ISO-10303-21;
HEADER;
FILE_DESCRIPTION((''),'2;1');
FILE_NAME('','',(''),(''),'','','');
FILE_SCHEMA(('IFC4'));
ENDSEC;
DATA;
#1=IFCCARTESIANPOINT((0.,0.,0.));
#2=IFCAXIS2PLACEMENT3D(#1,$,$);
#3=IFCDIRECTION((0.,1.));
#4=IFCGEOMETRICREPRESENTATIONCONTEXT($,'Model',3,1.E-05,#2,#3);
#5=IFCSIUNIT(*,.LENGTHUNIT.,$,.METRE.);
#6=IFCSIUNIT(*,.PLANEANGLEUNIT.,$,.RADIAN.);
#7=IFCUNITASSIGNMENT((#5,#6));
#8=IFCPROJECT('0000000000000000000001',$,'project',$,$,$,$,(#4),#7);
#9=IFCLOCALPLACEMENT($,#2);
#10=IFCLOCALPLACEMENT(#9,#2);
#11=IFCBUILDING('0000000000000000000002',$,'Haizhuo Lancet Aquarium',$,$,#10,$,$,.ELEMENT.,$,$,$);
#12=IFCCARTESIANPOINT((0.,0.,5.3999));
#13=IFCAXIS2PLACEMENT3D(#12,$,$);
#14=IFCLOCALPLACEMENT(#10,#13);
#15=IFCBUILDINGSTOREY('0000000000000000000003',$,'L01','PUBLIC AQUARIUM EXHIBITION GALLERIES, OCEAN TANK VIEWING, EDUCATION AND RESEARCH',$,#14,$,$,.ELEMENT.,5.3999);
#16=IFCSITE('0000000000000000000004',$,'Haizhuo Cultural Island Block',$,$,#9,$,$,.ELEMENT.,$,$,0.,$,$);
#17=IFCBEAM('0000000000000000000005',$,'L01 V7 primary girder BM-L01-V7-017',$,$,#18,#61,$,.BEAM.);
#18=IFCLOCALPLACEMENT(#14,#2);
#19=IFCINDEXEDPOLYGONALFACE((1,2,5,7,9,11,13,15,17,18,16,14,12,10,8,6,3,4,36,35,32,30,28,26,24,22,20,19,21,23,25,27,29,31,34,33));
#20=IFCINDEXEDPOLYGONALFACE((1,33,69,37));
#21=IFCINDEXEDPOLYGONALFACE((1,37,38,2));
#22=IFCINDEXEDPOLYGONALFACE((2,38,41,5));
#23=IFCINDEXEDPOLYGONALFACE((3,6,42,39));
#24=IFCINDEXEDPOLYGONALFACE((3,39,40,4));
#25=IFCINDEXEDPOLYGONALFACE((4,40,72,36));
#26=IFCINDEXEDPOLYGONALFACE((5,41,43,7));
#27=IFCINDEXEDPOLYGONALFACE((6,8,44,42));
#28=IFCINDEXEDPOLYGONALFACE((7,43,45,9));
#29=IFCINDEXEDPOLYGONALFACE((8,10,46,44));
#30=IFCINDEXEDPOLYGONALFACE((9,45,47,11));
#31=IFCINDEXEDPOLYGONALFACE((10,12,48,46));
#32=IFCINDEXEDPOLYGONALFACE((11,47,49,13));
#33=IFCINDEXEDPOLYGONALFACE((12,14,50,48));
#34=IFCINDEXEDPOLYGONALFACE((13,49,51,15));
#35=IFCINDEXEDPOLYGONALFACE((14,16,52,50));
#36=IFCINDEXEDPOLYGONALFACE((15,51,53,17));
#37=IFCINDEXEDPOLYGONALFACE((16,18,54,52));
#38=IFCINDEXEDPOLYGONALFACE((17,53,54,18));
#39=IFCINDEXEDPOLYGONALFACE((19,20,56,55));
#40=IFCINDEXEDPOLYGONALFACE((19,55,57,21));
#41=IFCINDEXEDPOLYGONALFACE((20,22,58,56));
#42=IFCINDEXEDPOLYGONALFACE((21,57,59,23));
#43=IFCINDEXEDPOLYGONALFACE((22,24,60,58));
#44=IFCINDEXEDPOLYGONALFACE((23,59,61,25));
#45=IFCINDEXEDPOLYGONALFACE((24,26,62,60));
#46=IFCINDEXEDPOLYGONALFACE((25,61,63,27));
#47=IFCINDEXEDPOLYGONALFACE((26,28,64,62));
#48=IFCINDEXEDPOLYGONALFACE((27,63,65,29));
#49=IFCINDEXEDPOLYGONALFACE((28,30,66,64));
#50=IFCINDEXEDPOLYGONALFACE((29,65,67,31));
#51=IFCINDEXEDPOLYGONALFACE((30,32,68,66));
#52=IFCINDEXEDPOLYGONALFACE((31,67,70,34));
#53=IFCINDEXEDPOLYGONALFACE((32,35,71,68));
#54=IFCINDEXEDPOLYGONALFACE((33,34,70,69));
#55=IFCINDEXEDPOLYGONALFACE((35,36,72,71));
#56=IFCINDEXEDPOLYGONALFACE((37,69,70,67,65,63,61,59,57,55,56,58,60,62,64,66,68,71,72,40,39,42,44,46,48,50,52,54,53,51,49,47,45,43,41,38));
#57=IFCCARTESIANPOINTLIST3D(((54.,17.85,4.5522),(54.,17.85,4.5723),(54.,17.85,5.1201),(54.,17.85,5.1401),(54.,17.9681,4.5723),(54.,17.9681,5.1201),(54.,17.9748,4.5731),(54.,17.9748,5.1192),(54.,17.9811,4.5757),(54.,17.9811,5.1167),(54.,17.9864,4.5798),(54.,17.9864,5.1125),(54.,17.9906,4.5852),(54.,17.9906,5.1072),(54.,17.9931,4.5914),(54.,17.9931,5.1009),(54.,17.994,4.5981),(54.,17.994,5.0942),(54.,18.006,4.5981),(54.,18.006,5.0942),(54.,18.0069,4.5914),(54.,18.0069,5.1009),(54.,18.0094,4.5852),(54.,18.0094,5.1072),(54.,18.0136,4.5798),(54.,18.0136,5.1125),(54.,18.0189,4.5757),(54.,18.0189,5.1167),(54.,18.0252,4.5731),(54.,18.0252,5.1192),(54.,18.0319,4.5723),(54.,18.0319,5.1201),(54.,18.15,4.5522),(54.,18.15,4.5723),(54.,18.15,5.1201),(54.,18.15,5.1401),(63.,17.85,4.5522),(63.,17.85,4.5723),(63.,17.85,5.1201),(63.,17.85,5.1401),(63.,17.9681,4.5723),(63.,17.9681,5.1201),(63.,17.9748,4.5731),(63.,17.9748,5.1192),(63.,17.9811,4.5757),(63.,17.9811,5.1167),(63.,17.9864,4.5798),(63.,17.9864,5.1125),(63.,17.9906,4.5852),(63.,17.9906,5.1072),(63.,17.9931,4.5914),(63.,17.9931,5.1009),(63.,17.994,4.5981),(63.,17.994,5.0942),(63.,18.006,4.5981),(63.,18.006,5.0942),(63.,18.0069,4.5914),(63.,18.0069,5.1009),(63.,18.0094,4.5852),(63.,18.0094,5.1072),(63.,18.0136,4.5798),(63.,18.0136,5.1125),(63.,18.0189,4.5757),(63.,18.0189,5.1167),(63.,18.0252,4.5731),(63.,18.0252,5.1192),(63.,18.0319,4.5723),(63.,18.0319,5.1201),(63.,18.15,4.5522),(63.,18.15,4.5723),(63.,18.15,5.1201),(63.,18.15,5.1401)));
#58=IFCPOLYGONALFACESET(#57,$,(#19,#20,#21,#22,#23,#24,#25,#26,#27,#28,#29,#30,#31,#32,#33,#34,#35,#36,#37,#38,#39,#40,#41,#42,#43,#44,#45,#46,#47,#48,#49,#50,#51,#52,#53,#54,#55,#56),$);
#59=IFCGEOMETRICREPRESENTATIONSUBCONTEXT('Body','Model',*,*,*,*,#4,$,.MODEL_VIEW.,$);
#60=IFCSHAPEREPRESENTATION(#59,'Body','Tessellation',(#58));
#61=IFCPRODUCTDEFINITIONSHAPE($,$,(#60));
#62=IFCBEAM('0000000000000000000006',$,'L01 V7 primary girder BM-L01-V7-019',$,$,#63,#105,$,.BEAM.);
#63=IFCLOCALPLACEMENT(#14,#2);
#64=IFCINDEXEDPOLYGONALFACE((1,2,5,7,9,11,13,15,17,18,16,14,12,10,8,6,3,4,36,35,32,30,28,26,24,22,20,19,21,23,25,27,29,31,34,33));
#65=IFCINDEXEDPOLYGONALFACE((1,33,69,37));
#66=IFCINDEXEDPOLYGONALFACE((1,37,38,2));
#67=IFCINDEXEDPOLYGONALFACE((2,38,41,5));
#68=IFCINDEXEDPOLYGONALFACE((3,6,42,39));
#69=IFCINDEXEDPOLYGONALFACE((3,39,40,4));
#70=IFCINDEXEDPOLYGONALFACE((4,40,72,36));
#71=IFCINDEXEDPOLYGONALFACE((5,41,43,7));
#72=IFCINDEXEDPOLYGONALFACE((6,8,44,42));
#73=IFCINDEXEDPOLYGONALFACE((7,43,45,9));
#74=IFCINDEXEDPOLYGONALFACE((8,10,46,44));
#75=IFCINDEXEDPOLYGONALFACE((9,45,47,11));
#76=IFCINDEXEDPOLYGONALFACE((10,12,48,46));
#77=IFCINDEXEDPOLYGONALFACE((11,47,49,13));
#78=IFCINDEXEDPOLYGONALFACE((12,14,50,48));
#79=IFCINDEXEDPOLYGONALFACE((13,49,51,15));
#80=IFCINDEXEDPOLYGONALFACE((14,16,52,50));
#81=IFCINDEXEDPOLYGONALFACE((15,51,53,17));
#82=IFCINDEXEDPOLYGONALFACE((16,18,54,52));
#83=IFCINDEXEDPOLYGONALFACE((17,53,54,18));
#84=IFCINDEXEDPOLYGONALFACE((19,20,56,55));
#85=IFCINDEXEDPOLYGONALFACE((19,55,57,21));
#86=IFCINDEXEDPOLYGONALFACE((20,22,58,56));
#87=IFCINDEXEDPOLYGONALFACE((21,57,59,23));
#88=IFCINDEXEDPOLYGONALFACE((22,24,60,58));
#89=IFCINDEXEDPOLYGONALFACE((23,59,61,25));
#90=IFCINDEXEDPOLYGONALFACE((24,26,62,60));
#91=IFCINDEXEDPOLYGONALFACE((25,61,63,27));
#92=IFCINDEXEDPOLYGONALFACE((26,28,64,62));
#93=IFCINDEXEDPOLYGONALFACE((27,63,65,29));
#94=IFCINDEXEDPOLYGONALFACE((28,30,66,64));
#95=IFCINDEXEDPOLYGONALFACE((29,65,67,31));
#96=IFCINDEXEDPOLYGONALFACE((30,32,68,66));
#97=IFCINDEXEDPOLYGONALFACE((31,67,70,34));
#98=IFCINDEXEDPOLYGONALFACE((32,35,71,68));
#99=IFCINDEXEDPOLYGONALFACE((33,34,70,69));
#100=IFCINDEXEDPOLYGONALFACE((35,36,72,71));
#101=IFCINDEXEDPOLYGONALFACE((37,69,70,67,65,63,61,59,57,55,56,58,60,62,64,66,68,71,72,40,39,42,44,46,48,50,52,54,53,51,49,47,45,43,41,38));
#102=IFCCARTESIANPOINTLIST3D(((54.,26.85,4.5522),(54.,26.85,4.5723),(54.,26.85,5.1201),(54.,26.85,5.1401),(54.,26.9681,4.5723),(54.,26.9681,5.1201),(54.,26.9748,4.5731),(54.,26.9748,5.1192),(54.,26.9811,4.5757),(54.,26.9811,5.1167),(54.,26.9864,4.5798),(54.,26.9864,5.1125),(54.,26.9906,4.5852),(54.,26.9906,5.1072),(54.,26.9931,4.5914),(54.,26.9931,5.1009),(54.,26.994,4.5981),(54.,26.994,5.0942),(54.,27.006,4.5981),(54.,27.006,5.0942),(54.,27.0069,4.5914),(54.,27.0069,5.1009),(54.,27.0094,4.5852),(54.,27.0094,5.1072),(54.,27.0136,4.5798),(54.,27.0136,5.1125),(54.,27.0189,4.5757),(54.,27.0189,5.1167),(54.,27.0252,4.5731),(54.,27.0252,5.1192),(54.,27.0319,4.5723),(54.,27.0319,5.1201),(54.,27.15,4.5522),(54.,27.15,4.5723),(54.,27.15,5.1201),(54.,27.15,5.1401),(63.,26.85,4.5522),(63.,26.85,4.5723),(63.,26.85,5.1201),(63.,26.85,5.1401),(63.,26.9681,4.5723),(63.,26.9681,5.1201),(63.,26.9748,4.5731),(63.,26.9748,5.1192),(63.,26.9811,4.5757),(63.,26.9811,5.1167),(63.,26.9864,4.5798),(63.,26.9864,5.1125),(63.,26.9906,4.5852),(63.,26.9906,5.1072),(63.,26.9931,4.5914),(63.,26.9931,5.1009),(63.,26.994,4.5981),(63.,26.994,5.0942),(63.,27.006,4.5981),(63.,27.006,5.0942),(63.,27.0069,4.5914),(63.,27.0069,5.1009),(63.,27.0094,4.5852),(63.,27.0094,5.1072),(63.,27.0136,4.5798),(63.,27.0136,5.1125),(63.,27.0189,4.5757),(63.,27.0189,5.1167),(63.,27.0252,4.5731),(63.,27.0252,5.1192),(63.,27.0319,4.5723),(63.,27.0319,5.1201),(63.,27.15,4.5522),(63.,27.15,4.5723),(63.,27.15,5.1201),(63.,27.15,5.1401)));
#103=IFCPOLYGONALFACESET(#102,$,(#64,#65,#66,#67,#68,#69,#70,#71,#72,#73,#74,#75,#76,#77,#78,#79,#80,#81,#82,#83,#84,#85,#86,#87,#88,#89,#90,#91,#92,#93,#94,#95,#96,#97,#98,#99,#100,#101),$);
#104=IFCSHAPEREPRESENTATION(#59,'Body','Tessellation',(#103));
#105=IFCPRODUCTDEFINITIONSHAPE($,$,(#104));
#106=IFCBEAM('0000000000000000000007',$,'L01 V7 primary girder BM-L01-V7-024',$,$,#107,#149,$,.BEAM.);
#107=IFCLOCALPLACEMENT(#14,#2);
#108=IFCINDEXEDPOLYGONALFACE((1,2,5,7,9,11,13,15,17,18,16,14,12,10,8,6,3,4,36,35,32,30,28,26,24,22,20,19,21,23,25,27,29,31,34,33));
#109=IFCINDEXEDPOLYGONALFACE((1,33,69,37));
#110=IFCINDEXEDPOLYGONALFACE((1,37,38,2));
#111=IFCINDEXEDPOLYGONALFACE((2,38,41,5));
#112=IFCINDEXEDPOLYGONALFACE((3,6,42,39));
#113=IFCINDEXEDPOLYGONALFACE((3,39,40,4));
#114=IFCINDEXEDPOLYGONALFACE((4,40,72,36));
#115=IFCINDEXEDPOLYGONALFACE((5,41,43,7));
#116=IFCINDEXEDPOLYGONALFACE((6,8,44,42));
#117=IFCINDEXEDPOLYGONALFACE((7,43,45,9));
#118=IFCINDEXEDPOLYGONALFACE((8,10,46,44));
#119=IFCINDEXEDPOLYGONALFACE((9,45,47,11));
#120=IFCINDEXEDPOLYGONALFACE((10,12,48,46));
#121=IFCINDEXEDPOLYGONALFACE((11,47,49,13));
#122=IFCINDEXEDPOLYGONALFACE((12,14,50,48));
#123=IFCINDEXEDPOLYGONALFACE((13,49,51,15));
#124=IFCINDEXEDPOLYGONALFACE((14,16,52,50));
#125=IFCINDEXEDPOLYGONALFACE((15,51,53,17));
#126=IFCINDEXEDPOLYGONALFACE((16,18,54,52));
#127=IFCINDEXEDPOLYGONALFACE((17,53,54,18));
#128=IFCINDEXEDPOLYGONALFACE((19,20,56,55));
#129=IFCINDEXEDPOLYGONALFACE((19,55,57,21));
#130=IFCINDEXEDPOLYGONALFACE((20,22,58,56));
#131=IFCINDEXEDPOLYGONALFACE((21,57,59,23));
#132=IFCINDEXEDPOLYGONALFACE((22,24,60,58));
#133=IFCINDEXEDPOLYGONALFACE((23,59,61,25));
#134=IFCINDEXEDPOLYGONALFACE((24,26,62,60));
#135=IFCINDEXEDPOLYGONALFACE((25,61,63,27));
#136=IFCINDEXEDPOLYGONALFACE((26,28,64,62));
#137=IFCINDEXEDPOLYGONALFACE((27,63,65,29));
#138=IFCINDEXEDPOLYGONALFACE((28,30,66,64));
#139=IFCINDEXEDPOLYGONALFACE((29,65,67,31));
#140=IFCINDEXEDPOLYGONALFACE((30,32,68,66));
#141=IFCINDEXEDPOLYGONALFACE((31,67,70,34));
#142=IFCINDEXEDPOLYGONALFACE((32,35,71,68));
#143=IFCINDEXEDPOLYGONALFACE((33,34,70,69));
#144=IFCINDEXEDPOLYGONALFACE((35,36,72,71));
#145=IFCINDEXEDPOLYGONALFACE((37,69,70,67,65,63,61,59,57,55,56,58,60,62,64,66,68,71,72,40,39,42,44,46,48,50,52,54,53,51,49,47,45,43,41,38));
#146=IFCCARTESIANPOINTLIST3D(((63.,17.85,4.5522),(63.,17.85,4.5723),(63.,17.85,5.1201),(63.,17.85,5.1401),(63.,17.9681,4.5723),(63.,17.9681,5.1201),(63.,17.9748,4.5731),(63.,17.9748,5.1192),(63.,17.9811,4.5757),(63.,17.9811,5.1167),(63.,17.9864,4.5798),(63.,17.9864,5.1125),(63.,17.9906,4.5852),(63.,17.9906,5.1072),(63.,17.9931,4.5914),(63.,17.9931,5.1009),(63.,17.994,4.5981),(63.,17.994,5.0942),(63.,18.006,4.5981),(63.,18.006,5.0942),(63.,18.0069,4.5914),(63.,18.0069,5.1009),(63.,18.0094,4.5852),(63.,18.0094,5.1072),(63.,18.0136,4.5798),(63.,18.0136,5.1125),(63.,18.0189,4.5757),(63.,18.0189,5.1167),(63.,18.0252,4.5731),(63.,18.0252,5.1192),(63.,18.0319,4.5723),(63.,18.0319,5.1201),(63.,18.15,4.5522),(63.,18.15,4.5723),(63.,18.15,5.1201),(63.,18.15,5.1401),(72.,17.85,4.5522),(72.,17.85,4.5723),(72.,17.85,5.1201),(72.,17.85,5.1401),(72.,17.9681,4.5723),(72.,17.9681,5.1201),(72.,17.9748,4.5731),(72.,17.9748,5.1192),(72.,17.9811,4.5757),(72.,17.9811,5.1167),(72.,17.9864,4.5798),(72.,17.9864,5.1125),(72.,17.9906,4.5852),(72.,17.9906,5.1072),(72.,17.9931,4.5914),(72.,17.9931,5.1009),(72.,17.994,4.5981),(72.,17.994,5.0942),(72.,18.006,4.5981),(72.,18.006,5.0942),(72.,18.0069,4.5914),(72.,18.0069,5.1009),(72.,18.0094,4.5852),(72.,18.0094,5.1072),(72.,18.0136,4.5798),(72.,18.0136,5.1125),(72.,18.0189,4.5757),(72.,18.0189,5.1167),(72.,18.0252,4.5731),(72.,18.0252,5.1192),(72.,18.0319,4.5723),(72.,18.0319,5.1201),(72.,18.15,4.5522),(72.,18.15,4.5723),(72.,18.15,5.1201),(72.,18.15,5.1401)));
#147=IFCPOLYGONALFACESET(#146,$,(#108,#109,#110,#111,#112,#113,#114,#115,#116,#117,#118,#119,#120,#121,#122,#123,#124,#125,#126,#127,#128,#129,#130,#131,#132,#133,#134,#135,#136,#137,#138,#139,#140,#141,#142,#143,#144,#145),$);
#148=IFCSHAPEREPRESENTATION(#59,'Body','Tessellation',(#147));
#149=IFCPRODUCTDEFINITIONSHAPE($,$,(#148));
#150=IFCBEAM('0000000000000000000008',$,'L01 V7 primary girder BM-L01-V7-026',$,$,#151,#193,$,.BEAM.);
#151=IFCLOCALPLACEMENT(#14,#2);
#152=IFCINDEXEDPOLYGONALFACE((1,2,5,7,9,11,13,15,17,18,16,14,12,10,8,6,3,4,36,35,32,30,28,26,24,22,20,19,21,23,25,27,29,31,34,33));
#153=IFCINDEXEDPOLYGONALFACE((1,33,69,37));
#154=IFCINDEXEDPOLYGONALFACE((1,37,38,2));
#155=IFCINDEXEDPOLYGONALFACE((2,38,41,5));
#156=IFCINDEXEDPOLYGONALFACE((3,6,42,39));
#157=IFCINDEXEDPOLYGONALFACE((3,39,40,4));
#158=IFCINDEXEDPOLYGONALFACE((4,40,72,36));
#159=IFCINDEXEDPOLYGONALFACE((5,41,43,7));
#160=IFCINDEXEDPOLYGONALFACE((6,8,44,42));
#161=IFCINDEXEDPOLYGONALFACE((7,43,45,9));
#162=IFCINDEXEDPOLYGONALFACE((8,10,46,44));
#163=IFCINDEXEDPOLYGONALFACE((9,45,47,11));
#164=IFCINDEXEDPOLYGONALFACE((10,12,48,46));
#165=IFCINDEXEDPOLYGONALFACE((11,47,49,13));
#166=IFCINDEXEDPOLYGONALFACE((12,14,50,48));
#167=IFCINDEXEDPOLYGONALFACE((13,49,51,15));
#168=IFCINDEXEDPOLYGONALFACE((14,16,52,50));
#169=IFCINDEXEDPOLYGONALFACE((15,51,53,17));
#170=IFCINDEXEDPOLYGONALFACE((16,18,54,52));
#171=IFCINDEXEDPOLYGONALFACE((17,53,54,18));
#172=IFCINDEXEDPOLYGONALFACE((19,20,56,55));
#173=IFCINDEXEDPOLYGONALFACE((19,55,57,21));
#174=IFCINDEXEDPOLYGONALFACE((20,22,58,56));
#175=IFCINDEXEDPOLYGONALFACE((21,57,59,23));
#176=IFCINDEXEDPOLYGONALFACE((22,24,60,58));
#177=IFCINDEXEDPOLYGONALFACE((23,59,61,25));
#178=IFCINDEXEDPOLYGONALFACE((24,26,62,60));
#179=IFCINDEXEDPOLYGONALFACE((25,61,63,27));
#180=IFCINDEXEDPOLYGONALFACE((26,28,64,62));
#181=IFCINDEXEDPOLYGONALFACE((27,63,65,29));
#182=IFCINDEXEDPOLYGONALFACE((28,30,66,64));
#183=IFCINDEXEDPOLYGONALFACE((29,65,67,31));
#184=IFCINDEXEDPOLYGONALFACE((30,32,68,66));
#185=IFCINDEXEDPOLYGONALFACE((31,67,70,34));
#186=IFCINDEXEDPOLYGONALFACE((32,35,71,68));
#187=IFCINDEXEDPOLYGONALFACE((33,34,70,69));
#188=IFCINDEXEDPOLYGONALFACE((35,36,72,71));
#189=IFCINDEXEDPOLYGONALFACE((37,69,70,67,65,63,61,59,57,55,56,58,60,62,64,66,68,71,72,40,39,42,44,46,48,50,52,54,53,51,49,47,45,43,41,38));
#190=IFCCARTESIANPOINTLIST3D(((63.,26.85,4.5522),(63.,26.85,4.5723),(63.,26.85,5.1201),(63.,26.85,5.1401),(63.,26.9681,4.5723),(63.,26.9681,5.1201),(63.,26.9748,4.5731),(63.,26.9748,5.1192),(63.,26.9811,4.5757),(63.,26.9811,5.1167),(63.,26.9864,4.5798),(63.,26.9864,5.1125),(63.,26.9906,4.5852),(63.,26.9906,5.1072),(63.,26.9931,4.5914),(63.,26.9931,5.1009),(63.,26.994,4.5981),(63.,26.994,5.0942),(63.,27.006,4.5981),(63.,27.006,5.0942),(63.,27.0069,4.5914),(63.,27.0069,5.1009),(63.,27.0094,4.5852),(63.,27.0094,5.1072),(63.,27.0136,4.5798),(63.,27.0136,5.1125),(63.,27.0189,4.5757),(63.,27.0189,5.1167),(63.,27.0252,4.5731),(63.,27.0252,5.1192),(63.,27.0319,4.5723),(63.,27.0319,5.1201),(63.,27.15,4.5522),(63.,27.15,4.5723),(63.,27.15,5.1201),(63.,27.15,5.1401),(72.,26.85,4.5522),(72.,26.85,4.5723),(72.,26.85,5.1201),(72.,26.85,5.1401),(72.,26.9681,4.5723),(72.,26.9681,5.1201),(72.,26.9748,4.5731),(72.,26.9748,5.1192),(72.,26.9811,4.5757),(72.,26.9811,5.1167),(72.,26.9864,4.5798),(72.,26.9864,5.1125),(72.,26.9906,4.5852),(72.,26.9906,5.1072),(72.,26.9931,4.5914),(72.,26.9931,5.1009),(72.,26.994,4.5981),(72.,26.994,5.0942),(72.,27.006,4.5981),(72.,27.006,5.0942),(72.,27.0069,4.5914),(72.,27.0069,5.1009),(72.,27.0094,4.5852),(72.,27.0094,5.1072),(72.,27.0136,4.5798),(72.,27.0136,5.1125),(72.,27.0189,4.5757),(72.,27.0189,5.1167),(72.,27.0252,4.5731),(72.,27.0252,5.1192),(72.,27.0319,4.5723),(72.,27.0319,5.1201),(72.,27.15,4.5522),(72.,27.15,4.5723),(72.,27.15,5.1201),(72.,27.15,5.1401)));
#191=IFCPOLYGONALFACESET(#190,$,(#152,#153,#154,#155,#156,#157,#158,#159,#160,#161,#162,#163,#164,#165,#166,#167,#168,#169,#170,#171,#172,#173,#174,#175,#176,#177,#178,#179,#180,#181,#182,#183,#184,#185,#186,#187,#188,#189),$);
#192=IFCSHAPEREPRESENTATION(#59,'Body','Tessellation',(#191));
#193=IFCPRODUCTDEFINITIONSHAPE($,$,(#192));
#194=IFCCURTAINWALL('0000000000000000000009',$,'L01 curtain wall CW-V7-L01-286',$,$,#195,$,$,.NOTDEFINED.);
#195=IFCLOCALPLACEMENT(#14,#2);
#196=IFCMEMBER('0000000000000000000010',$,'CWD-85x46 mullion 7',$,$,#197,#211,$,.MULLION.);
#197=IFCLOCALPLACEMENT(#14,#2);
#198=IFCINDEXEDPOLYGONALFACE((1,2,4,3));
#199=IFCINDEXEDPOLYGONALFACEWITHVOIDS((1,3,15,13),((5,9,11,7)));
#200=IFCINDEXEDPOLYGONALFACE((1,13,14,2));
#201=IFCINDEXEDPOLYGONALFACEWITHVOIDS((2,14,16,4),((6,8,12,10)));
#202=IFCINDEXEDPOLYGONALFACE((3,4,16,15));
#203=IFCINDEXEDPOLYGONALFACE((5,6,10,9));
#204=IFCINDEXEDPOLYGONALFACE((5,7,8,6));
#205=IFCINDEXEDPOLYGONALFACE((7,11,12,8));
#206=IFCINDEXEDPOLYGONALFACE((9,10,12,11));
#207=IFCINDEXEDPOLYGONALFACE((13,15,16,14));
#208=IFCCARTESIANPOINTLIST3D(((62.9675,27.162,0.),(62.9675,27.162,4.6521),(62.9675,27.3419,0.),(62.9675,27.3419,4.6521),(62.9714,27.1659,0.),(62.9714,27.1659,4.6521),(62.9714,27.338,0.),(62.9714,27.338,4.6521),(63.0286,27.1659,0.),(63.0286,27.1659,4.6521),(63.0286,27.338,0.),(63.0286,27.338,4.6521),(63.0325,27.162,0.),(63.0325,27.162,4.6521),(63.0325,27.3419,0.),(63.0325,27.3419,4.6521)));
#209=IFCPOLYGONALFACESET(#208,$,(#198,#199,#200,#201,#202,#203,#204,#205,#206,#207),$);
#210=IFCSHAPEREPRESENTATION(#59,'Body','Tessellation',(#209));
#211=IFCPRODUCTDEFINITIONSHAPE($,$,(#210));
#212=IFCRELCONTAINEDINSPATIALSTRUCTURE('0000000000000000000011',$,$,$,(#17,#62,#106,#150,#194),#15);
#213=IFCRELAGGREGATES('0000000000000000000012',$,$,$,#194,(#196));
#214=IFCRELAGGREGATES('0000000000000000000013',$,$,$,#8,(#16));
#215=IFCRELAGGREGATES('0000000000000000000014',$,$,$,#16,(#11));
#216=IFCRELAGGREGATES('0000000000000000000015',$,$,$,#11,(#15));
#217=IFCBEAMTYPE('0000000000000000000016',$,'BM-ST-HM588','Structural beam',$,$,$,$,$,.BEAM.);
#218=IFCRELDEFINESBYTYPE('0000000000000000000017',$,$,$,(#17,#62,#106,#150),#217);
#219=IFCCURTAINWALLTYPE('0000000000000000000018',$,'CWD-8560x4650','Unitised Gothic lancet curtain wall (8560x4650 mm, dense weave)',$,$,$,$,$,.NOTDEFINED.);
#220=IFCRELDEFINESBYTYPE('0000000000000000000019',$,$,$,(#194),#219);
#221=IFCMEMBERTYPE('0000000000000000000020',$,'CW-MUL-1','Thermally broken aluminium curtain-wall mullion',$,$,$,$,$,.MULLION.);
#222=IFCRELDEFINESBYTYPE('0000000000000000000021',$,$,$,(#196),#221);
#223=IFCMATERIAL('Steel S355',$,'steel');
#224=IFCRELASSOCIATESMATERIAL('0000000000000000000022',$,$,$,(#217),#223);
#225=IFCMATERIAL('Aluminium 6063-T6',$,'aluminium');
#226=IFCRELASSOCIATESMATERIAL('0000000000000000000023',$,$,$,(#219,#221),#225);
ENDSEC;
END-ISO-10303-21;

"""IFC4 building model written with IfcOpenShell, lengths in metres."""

from ifc_helpers import new_model, si_unit, direction, frame, origin, origin_2d, place, context, subcontext, project, spatial, hollow_rectangle, i_section, extrude, material, material_profile, profile_set, type_object, element, aggregate, save


model = new_model("IFC4")

# Units and contexts
model_context = context("Model", 3, precision=1e-05, world=origin(), true_north=direction((0.0, 1.0)))
body_context = subcontext(model_context, "Body", "Model", "MODEL_VIEW")
ifc_project = project(units=[si_unit("LENGTHUNIT", "METRE"), si_unit("PLANEANGLEUNIT", "RADIAN")], contexts=[model_context])

# Site, building, storey
site_placement = place(None, origin())
site = spatial("IfcSite", under=ifc_project, at=site_placement, Name="Haizhuo Cultural Island Block", CompositionType="ELEMENT", RefElevation=0.0)
building_placement = place(site_placement, origin())
building = spatial("IfcBuilding", under=site, at=building_placement, Name="Haizhuo Lancet Aquarium", CompositionType="ELEMENT")
storey_placement = place(building_placement, frame((0.0, 0.0, 5.3999)))
storey = spatial("IfcBuildingStorey", under=building, at=storey_placement, Name="L01", Description="PUBLIC AQUARIUM EXHIBITION GALLERIES, OCEAN TANK VIEWING, EDUCATION AND RESEARCH", CompositionType="ELEMENT", Elevation=5.3999)

# Shared definitions
ifc_material_1 = material(Name="Steel S355", Category="steel")

# Beams
ifc_material_profile_1 = material_profile(ifc_material_1, i_section(OverallWidth=0.3, OverallDepth=0.5879, WebThickness=0.012, FlangeThickness=0.02, FilletRadius=0.0259, at=origin_2d()), Name="HM 588x300x12x20")
ifc_profile_set_1 = profile_set([ifc_material_profile_1], Name="Steel S355")
beam_type_1 = type_object("IfcBeamType", Name="BM-ST-HM588", Description="Structural beam", PredefinedType="BEAM", material=ifc_profile_set_1)
for number, where, z_axis, x_axis, name in (
    (1, (54.0, 18.0, 4.8462), (1.0, 0.0, 0.0), (0.0, 1.0, 0.0), "L01 V7 primary girder BM-L01-V7-017"),
    (2, (54.0, 27.0, 4.8462), (1.0, 0.0, 0.0), (0.0, 1.0, 0.0), "L01 V7 primary girder BM-L01-V7-019"),
    (3, (63.0, 18.0, 4.8462), (1.0, 0.0, 0.0), (0.0, 1.0, 0.0), "L01 V7 primary girder BM-L01-V7-024"),
    (4, (63.0, 27.0, 4.8462), (1.0, 0.0, 0.0), (0.0, 1.0, 0.0), "L01 V7 primary girder BM-L01-V7-026"),
):
    element("IfcBeam", number, at=place(storey_placement, frame(where, z_axis=z_axis, x_axis=x_axis)), inside=storey, type_object=beam_type_1, Name=name, PredefinedType="BEAM", context=body_context, shape_type="SweptSolid", body=[
        extrude(i_section(OverallWidth=0.3, OverallDepth=0.5879, WebThickness=0.012, FlangeThickness=0.02, FilletRadius=0.0259, at=origin_2d()), origin(), (0.0, 0.0, 1.0), 9.0),
    ])

# Curtain wall, member
ifc_material_2 = material(Name="Aluminium 6063-T6", Category="aluminium")
curtain_wall_type = type_object("IfcCurtainWallType", Name="CWD-8560x4650", Description="Unitised Gothic lancet curtain wall (8560x4650 mm, dense weave)", PredefinedType="NOTDEFINED", material=ifc_material_2)
curtain_wall_placement = place(storey_placement, origin())
curtain_wall = element("IfcCurtainWall", 5, at=curtain_wall_placement, inside=storey, type_object=curtain_wall_type, Name="L01 curtain wall CW-V7-L01-286", PredefinedType="NOTDEFINED")
ifc_material_profile_2 = material_profile(ifc_material_2, hollow_rectangle(XDim=0.0649, YDim=0.1799, WallThickness=0.0039, at=origin_2d()), Name="ALU-M 65x180x4")
ifc_profile_set_2 = profile_set([ifc_material_profile_2], Name="Aluminium 6063-T6")
member_type_1 = type_object("IfcMemberType", Name="CW-MUL-1", Description="Thermally broken aluminium curtain-wall mullion", PredefinedType="MULLION", material=ifc_profile_set_2)
member_1_placement = place(storey_placement, frame((63.0, 27.252, 0.0), z_axis=(0.0, 0.0, 1.0), x_axis=(1.0, 0.0, 0.0)))
member_1 = element("IfcMember", 6, at=member_1_placement, type_object=member_type_1, Name="CWD-85x46 mullion 7", PredefinedType="MULLION", context=body_context, shape_type="SweptSolid", body=[
    extrude(hollow_rectangle(XDim=0.0649, YDim=0.1799, WallThickness=0.0039, at=origin_2d()), origin(), (0.0, 0.0, 1.0), 4.6521),
])
aggregate(curtain_wall, [member_1])

save(model, "model.ifc")
